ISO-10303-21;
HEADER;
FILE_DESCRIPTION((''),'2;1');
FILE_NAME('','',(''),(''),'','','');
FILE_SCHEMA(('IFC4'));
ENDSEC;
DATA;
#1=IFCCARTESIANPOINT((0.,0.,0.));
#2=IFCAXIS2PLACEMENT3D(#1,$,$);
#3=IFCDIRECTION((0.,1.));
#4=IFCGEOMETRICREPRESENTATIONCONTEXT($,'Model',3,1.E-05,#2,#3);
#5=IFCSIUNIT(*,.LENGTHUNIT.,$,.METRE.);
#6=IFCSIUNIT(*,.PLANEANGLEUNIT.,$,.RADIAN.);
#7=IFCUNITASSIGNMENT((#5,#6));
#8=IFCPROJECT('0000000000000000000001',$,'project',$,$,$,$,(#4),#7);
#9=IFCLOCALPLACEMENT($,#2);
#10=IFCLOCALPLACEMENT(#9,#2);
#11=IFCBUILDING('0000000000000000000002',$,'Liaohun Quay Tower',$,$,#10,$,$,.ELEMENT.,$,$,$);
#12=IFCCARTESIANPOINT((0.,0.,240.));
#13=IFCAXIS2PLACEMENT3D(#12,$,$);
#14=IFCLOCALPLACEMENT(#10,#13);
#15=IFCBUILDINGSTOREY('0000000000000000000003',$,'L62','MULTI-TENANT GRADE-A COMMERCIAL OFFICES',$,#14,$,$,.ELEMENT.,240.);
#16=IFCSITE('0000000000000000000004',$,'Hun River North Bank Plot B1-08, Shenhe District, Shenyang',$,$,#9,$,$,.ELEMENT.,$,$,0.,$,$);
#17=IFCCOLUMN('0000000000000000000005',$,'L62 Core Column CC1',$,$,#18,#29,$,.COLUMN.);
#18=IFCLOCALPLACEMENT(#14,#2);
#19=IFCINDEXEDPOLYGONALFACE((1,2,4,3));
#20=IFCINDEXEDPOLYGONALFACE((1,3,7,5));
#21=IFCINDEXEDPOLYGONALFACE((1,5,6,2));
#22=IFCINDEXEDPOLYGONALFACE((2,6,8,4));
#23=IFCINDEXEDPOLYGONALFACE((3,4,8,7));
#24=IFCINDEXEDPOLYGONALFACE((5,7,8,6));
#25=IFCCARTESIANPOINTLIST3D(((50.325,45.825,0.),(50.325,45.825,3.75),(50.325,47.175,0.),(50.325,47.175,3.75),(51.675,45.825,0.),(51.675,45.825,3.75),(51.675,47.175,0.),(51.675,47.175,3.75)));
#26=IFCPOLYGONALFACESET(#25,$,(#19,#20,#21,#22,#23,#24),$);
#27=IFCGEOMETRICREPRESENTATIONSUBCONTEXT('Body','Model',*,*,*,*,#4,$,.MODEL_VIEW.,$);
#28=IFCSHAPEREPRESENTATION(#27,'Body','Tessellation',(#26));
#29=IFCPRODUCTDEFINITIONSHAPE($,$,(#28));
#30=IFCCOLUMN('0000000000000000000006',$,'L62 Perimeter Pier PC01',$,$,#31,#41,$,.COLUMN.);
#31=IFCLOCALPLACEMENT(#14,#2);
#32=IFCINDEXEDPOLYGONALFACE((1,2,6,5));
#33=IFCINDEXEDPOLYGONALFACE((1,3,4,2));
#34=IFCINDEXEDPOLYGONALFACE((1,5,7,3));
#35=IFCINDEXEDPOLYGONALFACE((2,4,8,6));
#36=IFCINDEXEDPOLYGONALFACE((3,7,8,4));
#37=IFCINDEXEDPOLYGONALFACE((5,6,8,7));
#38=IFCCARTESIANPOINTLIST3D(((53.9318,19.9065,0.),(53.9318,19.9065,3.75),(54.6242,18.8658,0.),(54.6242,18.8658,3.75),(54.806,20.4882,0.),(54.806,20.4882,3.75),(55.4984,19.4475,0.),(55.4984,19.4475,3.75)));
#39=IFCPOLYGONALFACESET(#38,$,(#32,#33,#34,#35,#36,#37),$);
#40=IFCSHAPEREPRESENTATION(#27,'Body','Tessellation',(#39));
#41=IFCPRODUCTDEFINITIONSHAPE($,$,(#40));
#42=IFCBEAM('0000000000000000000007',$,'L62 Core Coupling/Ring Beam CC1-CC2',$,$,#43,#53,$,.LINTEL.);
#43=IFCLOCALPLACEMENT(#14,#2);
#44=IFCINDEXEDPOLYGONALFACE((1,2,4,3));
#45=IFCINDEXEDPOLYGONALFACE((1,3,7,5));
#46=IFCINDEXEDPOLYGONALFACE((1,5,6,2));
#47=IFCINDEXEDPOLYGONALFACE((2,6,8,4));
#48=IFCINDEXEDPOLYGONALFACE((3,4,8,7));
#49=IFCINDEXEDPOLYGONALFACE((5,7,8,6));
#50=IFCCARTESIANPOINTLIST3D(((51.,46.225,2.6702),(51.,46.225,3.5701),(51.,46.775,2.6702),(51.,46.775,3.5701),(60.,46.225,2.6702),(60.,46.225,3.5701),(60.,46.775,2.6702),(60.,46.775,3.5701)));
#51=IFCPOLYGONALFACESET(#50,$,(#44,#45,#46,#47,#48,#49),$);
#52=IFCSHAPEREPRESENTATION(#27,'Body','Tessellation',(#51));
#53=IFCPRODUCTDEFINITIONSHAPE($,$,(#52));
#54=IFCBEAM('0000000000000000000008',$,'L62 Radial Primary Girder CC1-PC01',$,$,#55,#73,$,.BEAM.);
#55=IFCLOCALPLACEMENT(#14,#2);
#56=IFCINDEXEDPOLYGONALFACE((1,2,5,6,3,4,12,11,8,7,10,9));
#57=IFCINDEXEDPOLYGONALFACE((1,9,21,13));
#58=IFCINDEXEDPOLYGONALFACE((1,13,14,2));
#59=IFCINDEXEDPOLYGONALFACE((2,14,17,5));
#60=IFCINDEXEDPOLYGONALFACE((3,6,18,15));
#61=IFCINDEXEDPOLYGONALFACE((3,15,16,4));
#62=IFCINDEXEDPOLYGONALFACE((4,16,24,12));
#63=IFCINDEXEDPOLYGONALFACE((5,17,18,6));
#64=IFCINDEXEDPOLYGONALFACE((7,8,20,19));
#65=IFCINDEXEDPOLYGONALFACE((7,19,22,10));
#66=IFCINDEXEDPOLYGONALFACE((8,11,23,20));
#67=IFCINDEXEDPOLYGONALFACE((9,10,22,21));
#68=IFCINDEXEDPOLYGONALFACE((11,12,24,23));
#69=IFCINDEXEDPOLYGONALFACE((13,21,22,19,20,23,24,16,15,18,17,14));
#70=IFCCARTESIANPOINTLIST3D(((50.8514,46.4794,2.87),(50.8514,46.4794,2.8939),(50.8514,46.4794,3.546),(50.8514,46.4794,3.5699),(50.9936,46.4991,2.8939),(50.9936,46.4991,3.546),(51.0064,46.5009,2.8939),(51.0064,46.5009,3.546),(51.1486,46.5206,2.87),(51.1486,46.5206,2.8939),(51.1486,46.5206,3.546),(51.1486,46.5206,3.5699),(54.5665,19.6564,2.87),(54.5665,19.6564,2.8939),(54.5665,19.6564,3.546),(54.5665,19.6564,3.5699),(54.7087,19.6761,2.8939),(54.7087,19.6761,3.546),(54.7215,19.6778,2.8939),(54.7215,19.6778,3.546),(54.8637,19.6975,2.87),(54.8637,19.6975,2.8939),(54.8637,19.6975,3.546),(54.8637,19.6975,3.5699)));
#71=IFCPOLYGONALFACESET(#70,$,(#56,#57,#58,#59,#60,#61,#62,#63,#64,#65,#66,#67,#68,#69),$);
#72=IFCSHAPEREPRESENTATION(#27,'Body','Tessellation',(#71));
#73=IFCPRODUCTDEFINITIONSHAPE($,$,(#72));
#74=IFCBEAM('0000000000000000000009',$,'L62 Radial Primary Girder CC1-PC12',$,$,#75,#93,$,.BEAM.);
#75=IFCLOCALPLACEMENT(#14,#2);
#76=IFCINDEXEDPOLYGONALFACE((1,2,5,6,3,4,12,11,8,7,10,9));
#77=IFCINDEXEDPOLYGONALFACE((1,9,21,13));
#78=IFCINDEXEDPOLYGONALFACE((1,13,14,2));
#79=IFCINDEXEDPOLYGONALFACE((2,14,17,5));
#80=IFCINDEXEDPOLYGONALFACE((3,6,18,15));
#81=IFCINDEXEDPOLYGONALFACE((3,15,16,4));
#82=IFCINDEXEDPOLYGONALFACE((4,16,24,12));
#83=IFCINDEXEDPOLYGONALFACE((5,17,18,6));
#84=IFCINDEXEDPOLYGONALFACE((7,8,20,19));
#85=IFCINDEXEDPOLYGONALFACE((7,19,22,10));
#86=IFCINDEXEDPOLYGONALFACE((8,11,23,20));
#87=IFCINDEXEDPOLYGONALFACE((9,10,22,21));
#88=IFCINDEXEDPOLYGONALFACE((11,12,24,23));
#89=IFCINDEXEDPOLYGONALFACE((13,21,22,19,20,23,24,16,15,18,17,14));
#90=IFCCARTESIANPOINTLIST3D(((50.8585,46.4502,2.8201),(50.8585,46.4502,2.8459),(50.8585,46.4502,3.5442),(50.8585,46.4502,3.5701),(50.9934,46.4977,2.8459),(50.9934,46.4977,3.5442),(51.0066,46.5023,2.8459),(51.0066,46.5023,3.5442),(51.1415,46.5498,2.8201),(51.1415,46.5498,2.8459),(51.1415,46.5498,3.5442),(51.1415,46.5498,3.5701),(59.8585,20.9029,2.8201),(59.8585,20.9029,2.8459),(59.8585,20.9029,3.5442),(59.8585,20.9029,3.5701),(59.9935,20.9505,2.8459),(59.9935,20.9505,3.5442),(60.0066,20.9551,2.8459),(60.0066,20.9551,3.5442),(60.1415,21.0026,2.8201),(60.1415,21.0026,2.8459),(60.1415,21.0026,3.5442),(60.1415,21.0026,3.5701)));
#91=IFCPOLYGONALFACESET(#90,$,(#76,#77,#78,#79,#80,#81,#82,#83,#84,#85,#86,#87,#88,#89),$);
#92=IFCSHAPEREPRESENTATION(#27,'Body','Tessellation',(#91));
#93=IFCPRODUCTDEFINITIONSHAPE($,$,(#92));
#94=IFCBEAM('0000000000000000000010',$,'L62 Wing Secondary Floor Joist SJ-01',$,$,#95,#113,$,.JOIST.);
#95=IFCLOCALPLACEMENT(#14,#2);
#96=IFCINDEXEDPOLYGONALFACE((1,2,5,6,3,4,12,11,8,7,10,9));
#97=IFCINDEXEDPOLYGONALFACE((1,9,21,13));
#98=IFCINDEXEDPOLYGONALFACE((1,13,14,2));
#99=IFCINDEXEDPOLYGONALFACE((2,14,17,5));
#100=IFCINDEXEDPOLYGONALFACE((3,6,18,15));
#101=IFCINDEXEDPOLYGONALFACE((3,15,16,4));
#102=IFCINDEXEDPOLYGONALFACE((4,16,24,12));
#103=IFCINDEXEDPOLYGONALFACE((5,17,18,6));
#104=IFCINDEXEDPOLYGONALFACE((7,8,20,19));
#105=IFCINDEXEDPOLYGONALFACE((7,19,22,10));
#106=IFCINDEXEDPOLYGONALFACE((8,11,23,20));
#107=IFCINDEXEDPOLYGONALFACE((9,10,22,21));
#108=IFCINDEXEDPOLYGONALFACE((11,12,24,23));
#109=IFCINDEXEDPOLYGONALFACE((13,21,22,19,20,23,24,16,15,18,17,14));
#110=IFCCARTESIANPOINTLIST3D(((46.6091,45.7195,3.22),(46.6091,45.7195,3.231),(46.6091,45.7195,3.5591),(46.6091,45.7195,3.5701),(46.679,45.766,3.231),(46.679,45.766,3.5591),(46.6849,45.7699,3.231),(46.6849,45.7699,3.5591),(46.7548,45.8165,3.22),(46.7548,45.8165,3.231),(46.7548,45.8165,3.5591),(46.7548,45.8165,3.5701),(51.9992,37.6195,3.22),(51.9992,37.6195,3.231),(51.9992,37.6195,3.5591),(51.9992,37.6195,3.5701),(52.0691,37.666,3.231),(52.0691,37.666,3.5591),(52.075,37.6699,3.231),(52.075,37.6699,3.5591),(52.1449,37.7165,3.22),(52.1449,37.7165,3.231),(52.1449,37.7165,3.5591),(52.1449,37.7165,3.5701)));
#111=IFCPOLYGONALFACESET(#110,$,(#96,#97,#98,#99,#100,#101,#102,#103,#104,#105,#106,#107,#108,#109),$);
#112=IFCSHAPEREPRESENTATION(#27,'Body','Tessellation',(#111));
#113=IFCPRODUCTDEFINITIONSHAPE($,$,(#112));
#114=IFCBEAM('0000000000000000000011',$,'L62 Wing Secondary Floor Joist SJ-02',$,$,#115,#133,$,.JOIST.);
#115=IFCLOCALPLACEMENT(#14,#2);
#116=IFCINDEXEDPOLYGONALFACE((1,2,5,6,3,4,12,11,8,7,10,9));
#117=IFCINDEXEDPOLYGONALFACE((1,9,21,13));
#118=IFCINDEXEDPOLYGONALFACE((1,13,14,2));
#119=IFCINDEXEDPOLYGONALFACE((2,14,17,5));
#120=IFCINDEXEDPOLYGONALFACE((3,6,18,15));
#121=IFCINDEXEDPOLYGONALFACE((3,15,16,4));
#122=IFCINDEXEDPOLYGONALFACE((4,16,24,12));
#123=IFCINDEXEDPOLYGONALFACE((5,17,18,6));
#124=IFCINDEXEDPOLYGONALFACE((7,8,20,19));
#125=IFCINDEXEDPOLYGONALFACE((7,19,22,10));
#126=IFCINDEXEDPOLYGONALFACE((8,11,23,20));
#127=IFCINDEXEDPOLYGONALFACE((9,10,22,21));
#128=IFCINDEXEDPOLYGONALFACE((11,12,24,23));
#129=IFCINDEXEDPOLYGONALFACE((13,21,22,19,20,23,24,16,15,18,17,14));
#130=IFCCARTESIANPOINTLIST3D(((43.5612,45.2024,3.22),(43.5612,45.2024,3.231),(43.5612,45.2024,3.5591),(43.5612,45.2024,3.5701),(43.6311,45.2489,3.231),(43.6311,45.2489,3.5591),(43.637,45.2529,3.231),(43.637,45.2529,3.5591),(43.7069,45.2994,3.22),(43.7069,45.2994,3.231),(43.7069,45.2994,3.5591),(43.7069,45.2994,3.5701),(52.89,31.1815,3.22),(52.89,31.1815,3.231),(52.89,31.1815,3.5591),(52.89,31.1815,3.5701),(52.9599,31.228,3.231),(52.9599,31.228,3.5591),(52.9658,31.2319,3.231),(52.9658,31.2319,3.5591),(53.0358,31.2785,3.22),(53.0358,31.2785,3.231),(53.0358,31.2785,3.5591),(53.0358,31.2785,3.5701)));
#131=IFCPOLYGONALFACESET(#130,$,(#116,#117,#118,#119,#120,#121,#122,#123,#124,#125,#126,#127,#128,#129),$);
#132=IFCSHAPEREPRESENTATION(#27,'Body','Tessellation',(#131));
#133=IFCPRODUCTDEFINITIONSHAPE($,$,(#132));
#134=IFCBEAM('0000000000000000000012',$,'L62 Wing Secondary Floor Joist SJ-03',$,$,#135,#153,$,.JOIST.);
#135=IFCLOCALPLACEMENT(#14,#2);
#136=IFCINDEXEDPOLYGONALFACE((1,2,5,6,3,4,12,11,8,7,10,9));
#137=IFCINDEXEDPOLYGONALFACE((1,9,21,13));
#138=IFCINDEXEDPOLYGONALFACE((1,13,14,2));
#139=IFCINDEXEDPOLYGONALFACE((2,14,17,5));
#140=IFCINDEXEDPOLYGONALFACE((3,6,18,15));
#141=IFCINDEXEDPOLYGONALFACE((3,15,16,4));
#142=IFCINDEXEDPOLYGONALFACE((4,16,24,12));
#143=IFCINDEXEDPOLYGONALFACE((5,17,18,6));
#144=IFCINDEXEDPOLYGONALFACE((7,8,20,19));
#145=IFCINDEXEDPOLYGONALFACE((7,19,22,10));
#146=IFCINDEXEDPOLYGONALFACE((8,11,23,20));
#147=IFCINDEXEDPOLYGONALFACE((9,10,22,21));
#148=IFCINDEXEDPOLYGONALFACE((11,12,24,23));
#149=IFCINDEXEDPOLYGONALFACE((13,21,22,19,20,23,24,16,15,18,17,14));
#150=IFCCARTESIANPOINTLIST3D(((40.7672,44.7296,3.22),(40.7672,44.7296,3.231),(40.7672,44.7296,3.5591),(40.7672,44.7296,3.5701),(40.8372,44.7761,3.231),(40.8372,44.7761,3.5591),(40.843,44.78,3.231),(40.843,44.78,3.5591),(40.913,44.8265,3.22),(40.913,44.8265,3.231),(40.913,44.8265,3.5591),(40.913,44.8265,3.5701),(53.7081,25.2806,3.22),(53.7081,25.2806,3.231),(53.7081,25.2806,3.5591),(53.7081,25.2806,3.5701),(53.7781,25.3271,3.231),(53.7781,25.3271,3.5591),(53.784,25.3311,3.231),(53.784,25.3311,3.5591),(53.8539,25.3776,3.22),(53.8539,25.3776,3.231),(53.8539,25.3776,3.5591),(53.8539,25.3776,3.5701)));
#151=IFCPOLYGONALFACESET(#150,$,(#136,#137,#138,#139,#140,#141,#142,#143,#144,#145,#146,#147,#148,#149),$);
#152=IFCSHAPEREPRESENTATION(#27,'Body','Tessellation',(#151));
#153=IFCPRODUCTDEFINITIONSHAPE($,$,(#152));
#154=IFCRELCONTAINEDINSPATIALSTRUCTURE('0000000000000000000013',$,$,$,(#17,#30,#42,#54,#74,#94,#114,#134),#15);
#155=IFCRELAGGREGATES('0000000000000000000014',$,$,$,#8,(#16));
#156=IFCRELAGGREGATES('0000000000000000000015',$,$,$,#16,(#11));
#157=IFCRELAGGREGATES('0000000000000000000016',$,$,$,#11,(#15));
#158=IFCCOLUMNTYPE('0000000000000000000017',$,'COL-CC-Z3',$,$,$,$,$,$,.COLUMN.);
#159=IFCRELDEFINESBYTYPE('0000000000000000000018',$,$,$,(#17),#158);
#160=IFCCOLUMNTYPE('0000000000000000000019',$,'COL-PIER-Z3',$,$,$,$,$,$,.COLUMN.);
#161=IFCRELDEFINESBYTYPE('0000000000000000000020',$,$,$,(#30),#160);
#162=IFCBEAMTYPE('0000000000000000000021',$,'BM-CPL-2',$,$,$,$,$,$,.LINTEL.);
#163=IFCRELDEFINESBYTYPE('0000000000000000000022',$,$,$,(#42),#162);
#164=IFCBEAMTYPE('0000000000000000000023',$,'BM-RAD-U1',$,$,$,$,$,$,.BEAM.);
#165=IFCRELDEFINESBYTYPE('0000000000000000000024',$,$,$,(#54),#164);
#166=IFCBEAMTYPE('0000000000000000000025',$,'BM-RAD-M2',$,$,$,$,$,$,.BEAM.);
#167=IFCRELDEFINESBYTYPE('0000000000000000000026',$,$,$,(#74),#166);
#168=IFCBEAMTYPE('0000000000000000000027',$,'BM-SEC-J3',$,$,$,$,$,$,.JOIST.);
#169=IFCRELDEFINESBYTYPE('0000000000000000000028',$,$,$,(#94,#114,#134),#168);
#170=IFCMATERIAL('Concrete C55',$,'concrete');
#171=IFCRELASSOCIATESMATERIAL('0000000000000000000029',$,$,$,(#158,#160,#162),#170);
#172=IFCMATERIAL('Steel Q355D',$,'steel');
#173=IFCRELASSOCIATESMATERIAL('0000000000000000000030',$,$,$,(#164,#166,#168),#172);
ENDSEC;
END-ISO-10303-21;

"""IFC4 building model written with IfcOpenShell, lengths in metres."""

from ifc_helpers import new_model, si_unit, direction, frame, origin, origin_2d, place, context, subcontext, project, spatial, rectangle, i_section, extrude, source, transform, mapped, material, material_profile, profile_set, type_object, element, save


model = new_model("IFC4")

# Units and contexts
model_context = context("Model", 3, precision=1e-05, world=origin(), true_north=direction((0.0, 1.0)))
body_context = subcontext(model_context, "Body", "Model", "MODEL_VIEW")
ifc_project = project(units=[si_unit("LENGTHUNIT", "METRE"), si_unit("PLANEANGLEUNIT", "RADIAN")], contexts=[model_context])

# Site, building, storey
site_placement = place(None, origin())
site = spatial("IfcSite", under=ifc_project, at=site_placement, Name="Hun River North Bank Plot B1-08, Shenhe District, Shenyang", CompositionType="ELEMENT", RefElevation=0.0)
building_placement = place(site_placement, origin())
building = spatial("IfcBuilding", under=site, at=building_placement, Name="Liaohun Quay Tower", CompositionType="ELEMENT")
storey_placement = place(building_placement, frame((0.0, 0.0, 240.0)))
storey = spatial("IfcBuildingStorey", under=building, at=storey_placement, Name="L62", Description="MULTI-TENANT GRADE-A COMMERCIAL OFFICES", CompositionType="ELEMENT", Elevation=240.0)

# Columns
ifc_material_1 = material(Name="Concrete C55", Category="concrete")
ifc_material_profile_1 = material_profile(ifc_material_1, rectangle(XDim=1.3501, YDim=1.3501, at=origin_2d()), Name="RC1350x1350")
ifc_profile_set_1 = profile_set([ifc_material_profile_1], Name="Concrete C55")
column_type_1 = type_object("IfcColumnType", Name="COL-CC-Z3", PredefinedType="COLUMN", material=ifc_profile_set_1)
shared_shape_1 = source(origin(), body_context, "Body", "SweptSolid", [
    extrude(rectangle(XDim=1.3501, YDim=1.3501, at=origin_2d()), origin(), (0.0, 0.0, 1.0), 3.75),
])
column_1_placement = place(storey_placement, frame((51.0, 46.5, 0.0), z_axis=(0.0, 0.0, 1.0), x_axis=(1.0, 0.0, 0.0)))
element("IfcColumn", 1, at=column_1_placement, inside=storey, type_object=column_type_1, Name="L62 Core Column CC1", PredefinedType="COLUMN", context=body_context, shape_type="MappedRepresentation", body=[
    mapped(shared_shape_1, transform((0.0, 0.0, 0.0), x_axis=(1.0, 0.0, 0.0), y_axis=(0.0, 1.0, 0.0), z_axis=(0.0, 0.0, 1.0), scale=1.0)),
])
ifc_material_profile_2 = material_profile(ifc_material_1, rectangle(XDim=1.25, YDim=1.05, at=origin_2d()), Name="RC1250x1050")
ifc_profile_set_2 = profile_set([ifc_material_profile_2], Name="Concrete C55")
column_type_2 = type_object("IfcColumnType", Name="COL-PIER-Z3", PredefinedType="COLUMN", material=ifc_profile_set_2)
shared_shape_2 = source(origin(), body_context, "Body", "SweptSolid", [
    extrude(rectangle(XDim=1.25, YDim=1.05, at=origin_2d()), origin(), (0.0, 0.0, 1.0), 3.75),
])
column_2_placement = place(storey_placement, frame((54.7151, 19.677, 0.0), z_axis=(0.0, 0.0, 1.0), x_axis=(-0.553973, 0.832535, 0.0)))
element("IfcColumn", 2, at=column_2_placement, inside=storey, type_object=column_type_2, Name="L62 Perimeter Pier PC01", PredefinedType="COLUMN", context=body_context, shape_type="MappedRepresentation", body=[
    mapped(shared_shape_2, transform((0.0, 0.0, 0.0), x_axis=(1.0, 0.0, 0.0), y_axis=(0.0, 1.0, 0.0), z_axis=(0.0, 0.0, 1.0), scale=1.0)),
])

# Beams
ifc_material_profile_3 = material_profile(ifc_material_1, rectangle(XDim=0.55, YDim=0.8999, at=origin_2d()), Name="RC550x900")
ifc_profile_set_3 = profile_set([ifc_material_profile_3], Name="Concrete C55")
beam_type_1 = type_object("IfcBeamType", Name="BM-CPL-2", PredefinedType="LINTEL", material=ifc_profile_set_3)
shared_shape_3 = source(origin(), body_context, "Body", "SweptSolid", [
    extrude(rectangle(XDim=0.55, YDim=0.8999, at=origin_2d()), origin(), (0.0, 0.0, 1.0), 9.0),
])
beam_1_placement = place(storey_placement, frame((51.0, 46.5, 3.1201), z_axis=(1.0, 0.0, 0.0), x_axis=(0.0, 1.0, 0.0)))
element("IfcBeam", 3, at=beam_1_placement, inside=storey, type_object=beam_type_1, Name="L62 Core Coupling/Ring Beam CC1-CC2", PredefinedType="LINTEL", context=body_context, shape_type="MappedRepresentation", body=[
    mapped(shared_shape_3, transform((0.0, 0.0, 0.0), x_axis=(1.0, 0.0, 0.0), y_axis=(0.0, 1.0, 0.0), z_axis=(0.0, 0.0, 1.0), scale=1.0)),
])
ifc_material_2 = material(Name="Steel Q355D", Category="steel")
ifc_material_profile_4 = material_profile(ifc_material_2, i_section(OverallWidth=0.3, OverallDepth=0.7, WebThickness=0.0129, FlangeThickness=0.0239, at=origin_2d()), Name="HN700x300x13x24")
ifc_profile_set_4 = profile_set([ifc_material_profile_4], Name="Steel Q355D")
beam_type_2 = type_object("IfcBeamType", Name="BM-RAD-U1", PredefinedType="BEAM", material=ifc_profile_set_4)
shared_shape_4 = source(origin(), body_context, "Body", "SweptSolid", [
    extrude(i_section(OverallWidth=0.3, OverallDepth=0.7, WebThickness=0.0129, FlangeThickness=0.0239, at=origin_2d()), origin(), (0.0, 0.0, 1.0), 27.0791),
])
beam_2_placement = place(storey_placement, frame((51.0, 46.5, 3.22), z_axis=(0.137194, -0.990544, 0.0), x_axis=(0.990544, 0.137194, 0.0)))
element("IfcBeam", 4, at=beam_2_placement, inside=storey, type_object=beam_type_2, Name="L62 Radial Primary Girder CC1-PC01", PredefinedType="BEAM", context=body_context, shape_type="MappedRepresentation", body=[
    mapped(shared_shape_4, transform((0.0, 0.0, 0.0), x_axis=(1.0, 0.0, 0.0), y_axis=(0.0, 1.0, 0.0), z_axis=(0.0, 0.0, 1.0), scale=1.0)),
])
ifc_material_profile_5 = material_profile(ifc_material_2, i_section(OverallWidth=0.3, OverallDepth=0.75, WebThickness=0.0139, FlangeThickness=0.0259, at=origin_2d()), Name="HN750x300x14x26")
ifc_profile_set_5 = profile_set([ifc_material_profile_5], Name="Steel Q355D")
beam_type_3 = type_object("IfcBeamType", Name="BM-RAD-M2", PredefinedType="BEAM", material=ifc_profile_set_5)
shared_shape_5 = source(origin(), body_context, "Body", "SweptSolid", [
    extrude(i_section(OverallWidth=0.3, OverallDepth=0.75, WebThickness=0.0139, FlangeThickness=0.0259, at=origin_2d()), origin(), (0.0, 0.0, 1.0), 27.0862),
])
beam_3_placement = place(storey_placement, frame((51.0, 46.5, 3.1951), z_axis=(0.332274, -0.943183, 0.0), x_axis=(0.943183, 0.332274, 0.0)))
element("IfcBeam", 5, at=beam_3_placement, inside=storey, type_object=beam_type_3, Name="L62 Radial Primary Girder CC1-PC12", PredefinedType="BEAM", context=body_context, shape_type="MappedRepresentation", body=[
    mapped(shared_shape_5, transform((0.0, 0.0, 0.0), x_axis=(1.0, 0.0, 0.0), y_axis=(0.0, 1.0, 0.0), z_axis=(0.0, 0.0, 1.0), scale=1.0)),
])
ifc_material_profile_6 = material_profile(ifc_material_2, i_section(OverallWidth=0.175, OverallDepth=0.3501, WebThickness=0.0071, FlangeThickness=0.011, at=origin_2d()), Name="HN350x175x7x11")
ifc_profile_set_6 = profile_set([ifc_material_profile_6], Name="Steel Q355D")
beam_type_4 = type_object("IfcBeamType", Name="BM-SEC-J3", PredefinedType="JOIST", material=ifc_profile_set_6)
shared_shape_6 = source(origin(), body_context, "Body", "SweptSolid", [
    extrude(i_section(OverallWidth=0.175, OverallDepth=0.3501, WebThickness=0.0071, FlangeThickness=0.011, at=origin_2d()), origin(), (0.0, 0.0, 1.0), 9.7295),
])
beam_4_placement = place(storey_placement, frame((52.072, 37.668, 3.395), z_axis=(-0.553994, 0.832521, 0.0), x_axis=(-0.832521, -0.553994, 0.0)))
element("IfcBeam", 6, at=beam_4_placement, inside=storey, type_object=beam_type_4, Name="L62 Wing Secondary Floor Joist SJ-01", PredefinedType="JOIST", context=body_context, shape_type="MappedRepresentation", body=[
    mapped(shared_shape_6, transform((0.0, 0.0, 0.0), x_axis=(1.0, 0.0, 0.0), y_axis=(0.0, 1.0, 0.0), z_axis=(0.0, 0.0, 1.0), scale=1.0)),
])
shared_shape_7 = source(origin(), body_context, "Body", "SweptSolid", [
    extrude(i_section(OverallWidth=0.175, OverallDepth=0.3501, WebThickness=0.0071, FlangeThickness=0.011, at=origin_2d()), origin(), (0.0, 0.0, 1.0), 16.8408),
])
beam_5_placement = place(storey_placement, frame((52.9629, 31.23, 3.395), z_axis=(-0.553941, 0.832556, 0.0), x_axis=(-0.832556, -0.553941, 0.0)))
element("IfcBeam", 7, at=beam_5_placement, inside=storey, type_object=beam_type_4, Name="L62 Wing Secondary Floor Joist SJ-02", PredefinedType="JOIST", context=body_context, shape_type="MappedRepresentation", body=[
    mapped(shared_shape_7, transform((0.0, 0.0, 0.0), x_axis=(1.0, 0.0, 0.0), y_axis=(0.0, 1.0, 0.0), z_axis=(0.0, 0.0, 1.0), scale=1.0)),
])
shared_shape_8 = source(origin(), body_context, "Body", "SweptSolid", [
    extrude(i_section(OverallWidth=0.175, OverallDepth=0.3501, WebThickness=0.0071, FlangeThickness=0.011, at=origin_2d()), origin(), (0.0, 0.0, 1.0), 23.3608),
])
beam_6_placement = place(storey_placement, frame((53.781, 25.3291, 3.395), z_axis=(-0.553957, 0.832545, 0.0), x_axis=(-0.832545, -0.553957, 0.0)))
element("IfcBeam", 8, at=beam_6_placement, inside=storey, type_object=beam_type_4, Name="L62 Wing Secondary Floor Joist SJ-03", PredefinedType="JOIST", context=body_context, shape_type="MappedRepresentation", body=[
    mapped(shared_shape_8, transform((0.0, 0.0, 0.0), x_axis=(1.0, 0.0, 0.0), y_axis=(0.0, 1.0, 0.0), z_axis=(0.0, 0.0, 1.0), scale=1.0)),
])

save(model, "model.ifc")
